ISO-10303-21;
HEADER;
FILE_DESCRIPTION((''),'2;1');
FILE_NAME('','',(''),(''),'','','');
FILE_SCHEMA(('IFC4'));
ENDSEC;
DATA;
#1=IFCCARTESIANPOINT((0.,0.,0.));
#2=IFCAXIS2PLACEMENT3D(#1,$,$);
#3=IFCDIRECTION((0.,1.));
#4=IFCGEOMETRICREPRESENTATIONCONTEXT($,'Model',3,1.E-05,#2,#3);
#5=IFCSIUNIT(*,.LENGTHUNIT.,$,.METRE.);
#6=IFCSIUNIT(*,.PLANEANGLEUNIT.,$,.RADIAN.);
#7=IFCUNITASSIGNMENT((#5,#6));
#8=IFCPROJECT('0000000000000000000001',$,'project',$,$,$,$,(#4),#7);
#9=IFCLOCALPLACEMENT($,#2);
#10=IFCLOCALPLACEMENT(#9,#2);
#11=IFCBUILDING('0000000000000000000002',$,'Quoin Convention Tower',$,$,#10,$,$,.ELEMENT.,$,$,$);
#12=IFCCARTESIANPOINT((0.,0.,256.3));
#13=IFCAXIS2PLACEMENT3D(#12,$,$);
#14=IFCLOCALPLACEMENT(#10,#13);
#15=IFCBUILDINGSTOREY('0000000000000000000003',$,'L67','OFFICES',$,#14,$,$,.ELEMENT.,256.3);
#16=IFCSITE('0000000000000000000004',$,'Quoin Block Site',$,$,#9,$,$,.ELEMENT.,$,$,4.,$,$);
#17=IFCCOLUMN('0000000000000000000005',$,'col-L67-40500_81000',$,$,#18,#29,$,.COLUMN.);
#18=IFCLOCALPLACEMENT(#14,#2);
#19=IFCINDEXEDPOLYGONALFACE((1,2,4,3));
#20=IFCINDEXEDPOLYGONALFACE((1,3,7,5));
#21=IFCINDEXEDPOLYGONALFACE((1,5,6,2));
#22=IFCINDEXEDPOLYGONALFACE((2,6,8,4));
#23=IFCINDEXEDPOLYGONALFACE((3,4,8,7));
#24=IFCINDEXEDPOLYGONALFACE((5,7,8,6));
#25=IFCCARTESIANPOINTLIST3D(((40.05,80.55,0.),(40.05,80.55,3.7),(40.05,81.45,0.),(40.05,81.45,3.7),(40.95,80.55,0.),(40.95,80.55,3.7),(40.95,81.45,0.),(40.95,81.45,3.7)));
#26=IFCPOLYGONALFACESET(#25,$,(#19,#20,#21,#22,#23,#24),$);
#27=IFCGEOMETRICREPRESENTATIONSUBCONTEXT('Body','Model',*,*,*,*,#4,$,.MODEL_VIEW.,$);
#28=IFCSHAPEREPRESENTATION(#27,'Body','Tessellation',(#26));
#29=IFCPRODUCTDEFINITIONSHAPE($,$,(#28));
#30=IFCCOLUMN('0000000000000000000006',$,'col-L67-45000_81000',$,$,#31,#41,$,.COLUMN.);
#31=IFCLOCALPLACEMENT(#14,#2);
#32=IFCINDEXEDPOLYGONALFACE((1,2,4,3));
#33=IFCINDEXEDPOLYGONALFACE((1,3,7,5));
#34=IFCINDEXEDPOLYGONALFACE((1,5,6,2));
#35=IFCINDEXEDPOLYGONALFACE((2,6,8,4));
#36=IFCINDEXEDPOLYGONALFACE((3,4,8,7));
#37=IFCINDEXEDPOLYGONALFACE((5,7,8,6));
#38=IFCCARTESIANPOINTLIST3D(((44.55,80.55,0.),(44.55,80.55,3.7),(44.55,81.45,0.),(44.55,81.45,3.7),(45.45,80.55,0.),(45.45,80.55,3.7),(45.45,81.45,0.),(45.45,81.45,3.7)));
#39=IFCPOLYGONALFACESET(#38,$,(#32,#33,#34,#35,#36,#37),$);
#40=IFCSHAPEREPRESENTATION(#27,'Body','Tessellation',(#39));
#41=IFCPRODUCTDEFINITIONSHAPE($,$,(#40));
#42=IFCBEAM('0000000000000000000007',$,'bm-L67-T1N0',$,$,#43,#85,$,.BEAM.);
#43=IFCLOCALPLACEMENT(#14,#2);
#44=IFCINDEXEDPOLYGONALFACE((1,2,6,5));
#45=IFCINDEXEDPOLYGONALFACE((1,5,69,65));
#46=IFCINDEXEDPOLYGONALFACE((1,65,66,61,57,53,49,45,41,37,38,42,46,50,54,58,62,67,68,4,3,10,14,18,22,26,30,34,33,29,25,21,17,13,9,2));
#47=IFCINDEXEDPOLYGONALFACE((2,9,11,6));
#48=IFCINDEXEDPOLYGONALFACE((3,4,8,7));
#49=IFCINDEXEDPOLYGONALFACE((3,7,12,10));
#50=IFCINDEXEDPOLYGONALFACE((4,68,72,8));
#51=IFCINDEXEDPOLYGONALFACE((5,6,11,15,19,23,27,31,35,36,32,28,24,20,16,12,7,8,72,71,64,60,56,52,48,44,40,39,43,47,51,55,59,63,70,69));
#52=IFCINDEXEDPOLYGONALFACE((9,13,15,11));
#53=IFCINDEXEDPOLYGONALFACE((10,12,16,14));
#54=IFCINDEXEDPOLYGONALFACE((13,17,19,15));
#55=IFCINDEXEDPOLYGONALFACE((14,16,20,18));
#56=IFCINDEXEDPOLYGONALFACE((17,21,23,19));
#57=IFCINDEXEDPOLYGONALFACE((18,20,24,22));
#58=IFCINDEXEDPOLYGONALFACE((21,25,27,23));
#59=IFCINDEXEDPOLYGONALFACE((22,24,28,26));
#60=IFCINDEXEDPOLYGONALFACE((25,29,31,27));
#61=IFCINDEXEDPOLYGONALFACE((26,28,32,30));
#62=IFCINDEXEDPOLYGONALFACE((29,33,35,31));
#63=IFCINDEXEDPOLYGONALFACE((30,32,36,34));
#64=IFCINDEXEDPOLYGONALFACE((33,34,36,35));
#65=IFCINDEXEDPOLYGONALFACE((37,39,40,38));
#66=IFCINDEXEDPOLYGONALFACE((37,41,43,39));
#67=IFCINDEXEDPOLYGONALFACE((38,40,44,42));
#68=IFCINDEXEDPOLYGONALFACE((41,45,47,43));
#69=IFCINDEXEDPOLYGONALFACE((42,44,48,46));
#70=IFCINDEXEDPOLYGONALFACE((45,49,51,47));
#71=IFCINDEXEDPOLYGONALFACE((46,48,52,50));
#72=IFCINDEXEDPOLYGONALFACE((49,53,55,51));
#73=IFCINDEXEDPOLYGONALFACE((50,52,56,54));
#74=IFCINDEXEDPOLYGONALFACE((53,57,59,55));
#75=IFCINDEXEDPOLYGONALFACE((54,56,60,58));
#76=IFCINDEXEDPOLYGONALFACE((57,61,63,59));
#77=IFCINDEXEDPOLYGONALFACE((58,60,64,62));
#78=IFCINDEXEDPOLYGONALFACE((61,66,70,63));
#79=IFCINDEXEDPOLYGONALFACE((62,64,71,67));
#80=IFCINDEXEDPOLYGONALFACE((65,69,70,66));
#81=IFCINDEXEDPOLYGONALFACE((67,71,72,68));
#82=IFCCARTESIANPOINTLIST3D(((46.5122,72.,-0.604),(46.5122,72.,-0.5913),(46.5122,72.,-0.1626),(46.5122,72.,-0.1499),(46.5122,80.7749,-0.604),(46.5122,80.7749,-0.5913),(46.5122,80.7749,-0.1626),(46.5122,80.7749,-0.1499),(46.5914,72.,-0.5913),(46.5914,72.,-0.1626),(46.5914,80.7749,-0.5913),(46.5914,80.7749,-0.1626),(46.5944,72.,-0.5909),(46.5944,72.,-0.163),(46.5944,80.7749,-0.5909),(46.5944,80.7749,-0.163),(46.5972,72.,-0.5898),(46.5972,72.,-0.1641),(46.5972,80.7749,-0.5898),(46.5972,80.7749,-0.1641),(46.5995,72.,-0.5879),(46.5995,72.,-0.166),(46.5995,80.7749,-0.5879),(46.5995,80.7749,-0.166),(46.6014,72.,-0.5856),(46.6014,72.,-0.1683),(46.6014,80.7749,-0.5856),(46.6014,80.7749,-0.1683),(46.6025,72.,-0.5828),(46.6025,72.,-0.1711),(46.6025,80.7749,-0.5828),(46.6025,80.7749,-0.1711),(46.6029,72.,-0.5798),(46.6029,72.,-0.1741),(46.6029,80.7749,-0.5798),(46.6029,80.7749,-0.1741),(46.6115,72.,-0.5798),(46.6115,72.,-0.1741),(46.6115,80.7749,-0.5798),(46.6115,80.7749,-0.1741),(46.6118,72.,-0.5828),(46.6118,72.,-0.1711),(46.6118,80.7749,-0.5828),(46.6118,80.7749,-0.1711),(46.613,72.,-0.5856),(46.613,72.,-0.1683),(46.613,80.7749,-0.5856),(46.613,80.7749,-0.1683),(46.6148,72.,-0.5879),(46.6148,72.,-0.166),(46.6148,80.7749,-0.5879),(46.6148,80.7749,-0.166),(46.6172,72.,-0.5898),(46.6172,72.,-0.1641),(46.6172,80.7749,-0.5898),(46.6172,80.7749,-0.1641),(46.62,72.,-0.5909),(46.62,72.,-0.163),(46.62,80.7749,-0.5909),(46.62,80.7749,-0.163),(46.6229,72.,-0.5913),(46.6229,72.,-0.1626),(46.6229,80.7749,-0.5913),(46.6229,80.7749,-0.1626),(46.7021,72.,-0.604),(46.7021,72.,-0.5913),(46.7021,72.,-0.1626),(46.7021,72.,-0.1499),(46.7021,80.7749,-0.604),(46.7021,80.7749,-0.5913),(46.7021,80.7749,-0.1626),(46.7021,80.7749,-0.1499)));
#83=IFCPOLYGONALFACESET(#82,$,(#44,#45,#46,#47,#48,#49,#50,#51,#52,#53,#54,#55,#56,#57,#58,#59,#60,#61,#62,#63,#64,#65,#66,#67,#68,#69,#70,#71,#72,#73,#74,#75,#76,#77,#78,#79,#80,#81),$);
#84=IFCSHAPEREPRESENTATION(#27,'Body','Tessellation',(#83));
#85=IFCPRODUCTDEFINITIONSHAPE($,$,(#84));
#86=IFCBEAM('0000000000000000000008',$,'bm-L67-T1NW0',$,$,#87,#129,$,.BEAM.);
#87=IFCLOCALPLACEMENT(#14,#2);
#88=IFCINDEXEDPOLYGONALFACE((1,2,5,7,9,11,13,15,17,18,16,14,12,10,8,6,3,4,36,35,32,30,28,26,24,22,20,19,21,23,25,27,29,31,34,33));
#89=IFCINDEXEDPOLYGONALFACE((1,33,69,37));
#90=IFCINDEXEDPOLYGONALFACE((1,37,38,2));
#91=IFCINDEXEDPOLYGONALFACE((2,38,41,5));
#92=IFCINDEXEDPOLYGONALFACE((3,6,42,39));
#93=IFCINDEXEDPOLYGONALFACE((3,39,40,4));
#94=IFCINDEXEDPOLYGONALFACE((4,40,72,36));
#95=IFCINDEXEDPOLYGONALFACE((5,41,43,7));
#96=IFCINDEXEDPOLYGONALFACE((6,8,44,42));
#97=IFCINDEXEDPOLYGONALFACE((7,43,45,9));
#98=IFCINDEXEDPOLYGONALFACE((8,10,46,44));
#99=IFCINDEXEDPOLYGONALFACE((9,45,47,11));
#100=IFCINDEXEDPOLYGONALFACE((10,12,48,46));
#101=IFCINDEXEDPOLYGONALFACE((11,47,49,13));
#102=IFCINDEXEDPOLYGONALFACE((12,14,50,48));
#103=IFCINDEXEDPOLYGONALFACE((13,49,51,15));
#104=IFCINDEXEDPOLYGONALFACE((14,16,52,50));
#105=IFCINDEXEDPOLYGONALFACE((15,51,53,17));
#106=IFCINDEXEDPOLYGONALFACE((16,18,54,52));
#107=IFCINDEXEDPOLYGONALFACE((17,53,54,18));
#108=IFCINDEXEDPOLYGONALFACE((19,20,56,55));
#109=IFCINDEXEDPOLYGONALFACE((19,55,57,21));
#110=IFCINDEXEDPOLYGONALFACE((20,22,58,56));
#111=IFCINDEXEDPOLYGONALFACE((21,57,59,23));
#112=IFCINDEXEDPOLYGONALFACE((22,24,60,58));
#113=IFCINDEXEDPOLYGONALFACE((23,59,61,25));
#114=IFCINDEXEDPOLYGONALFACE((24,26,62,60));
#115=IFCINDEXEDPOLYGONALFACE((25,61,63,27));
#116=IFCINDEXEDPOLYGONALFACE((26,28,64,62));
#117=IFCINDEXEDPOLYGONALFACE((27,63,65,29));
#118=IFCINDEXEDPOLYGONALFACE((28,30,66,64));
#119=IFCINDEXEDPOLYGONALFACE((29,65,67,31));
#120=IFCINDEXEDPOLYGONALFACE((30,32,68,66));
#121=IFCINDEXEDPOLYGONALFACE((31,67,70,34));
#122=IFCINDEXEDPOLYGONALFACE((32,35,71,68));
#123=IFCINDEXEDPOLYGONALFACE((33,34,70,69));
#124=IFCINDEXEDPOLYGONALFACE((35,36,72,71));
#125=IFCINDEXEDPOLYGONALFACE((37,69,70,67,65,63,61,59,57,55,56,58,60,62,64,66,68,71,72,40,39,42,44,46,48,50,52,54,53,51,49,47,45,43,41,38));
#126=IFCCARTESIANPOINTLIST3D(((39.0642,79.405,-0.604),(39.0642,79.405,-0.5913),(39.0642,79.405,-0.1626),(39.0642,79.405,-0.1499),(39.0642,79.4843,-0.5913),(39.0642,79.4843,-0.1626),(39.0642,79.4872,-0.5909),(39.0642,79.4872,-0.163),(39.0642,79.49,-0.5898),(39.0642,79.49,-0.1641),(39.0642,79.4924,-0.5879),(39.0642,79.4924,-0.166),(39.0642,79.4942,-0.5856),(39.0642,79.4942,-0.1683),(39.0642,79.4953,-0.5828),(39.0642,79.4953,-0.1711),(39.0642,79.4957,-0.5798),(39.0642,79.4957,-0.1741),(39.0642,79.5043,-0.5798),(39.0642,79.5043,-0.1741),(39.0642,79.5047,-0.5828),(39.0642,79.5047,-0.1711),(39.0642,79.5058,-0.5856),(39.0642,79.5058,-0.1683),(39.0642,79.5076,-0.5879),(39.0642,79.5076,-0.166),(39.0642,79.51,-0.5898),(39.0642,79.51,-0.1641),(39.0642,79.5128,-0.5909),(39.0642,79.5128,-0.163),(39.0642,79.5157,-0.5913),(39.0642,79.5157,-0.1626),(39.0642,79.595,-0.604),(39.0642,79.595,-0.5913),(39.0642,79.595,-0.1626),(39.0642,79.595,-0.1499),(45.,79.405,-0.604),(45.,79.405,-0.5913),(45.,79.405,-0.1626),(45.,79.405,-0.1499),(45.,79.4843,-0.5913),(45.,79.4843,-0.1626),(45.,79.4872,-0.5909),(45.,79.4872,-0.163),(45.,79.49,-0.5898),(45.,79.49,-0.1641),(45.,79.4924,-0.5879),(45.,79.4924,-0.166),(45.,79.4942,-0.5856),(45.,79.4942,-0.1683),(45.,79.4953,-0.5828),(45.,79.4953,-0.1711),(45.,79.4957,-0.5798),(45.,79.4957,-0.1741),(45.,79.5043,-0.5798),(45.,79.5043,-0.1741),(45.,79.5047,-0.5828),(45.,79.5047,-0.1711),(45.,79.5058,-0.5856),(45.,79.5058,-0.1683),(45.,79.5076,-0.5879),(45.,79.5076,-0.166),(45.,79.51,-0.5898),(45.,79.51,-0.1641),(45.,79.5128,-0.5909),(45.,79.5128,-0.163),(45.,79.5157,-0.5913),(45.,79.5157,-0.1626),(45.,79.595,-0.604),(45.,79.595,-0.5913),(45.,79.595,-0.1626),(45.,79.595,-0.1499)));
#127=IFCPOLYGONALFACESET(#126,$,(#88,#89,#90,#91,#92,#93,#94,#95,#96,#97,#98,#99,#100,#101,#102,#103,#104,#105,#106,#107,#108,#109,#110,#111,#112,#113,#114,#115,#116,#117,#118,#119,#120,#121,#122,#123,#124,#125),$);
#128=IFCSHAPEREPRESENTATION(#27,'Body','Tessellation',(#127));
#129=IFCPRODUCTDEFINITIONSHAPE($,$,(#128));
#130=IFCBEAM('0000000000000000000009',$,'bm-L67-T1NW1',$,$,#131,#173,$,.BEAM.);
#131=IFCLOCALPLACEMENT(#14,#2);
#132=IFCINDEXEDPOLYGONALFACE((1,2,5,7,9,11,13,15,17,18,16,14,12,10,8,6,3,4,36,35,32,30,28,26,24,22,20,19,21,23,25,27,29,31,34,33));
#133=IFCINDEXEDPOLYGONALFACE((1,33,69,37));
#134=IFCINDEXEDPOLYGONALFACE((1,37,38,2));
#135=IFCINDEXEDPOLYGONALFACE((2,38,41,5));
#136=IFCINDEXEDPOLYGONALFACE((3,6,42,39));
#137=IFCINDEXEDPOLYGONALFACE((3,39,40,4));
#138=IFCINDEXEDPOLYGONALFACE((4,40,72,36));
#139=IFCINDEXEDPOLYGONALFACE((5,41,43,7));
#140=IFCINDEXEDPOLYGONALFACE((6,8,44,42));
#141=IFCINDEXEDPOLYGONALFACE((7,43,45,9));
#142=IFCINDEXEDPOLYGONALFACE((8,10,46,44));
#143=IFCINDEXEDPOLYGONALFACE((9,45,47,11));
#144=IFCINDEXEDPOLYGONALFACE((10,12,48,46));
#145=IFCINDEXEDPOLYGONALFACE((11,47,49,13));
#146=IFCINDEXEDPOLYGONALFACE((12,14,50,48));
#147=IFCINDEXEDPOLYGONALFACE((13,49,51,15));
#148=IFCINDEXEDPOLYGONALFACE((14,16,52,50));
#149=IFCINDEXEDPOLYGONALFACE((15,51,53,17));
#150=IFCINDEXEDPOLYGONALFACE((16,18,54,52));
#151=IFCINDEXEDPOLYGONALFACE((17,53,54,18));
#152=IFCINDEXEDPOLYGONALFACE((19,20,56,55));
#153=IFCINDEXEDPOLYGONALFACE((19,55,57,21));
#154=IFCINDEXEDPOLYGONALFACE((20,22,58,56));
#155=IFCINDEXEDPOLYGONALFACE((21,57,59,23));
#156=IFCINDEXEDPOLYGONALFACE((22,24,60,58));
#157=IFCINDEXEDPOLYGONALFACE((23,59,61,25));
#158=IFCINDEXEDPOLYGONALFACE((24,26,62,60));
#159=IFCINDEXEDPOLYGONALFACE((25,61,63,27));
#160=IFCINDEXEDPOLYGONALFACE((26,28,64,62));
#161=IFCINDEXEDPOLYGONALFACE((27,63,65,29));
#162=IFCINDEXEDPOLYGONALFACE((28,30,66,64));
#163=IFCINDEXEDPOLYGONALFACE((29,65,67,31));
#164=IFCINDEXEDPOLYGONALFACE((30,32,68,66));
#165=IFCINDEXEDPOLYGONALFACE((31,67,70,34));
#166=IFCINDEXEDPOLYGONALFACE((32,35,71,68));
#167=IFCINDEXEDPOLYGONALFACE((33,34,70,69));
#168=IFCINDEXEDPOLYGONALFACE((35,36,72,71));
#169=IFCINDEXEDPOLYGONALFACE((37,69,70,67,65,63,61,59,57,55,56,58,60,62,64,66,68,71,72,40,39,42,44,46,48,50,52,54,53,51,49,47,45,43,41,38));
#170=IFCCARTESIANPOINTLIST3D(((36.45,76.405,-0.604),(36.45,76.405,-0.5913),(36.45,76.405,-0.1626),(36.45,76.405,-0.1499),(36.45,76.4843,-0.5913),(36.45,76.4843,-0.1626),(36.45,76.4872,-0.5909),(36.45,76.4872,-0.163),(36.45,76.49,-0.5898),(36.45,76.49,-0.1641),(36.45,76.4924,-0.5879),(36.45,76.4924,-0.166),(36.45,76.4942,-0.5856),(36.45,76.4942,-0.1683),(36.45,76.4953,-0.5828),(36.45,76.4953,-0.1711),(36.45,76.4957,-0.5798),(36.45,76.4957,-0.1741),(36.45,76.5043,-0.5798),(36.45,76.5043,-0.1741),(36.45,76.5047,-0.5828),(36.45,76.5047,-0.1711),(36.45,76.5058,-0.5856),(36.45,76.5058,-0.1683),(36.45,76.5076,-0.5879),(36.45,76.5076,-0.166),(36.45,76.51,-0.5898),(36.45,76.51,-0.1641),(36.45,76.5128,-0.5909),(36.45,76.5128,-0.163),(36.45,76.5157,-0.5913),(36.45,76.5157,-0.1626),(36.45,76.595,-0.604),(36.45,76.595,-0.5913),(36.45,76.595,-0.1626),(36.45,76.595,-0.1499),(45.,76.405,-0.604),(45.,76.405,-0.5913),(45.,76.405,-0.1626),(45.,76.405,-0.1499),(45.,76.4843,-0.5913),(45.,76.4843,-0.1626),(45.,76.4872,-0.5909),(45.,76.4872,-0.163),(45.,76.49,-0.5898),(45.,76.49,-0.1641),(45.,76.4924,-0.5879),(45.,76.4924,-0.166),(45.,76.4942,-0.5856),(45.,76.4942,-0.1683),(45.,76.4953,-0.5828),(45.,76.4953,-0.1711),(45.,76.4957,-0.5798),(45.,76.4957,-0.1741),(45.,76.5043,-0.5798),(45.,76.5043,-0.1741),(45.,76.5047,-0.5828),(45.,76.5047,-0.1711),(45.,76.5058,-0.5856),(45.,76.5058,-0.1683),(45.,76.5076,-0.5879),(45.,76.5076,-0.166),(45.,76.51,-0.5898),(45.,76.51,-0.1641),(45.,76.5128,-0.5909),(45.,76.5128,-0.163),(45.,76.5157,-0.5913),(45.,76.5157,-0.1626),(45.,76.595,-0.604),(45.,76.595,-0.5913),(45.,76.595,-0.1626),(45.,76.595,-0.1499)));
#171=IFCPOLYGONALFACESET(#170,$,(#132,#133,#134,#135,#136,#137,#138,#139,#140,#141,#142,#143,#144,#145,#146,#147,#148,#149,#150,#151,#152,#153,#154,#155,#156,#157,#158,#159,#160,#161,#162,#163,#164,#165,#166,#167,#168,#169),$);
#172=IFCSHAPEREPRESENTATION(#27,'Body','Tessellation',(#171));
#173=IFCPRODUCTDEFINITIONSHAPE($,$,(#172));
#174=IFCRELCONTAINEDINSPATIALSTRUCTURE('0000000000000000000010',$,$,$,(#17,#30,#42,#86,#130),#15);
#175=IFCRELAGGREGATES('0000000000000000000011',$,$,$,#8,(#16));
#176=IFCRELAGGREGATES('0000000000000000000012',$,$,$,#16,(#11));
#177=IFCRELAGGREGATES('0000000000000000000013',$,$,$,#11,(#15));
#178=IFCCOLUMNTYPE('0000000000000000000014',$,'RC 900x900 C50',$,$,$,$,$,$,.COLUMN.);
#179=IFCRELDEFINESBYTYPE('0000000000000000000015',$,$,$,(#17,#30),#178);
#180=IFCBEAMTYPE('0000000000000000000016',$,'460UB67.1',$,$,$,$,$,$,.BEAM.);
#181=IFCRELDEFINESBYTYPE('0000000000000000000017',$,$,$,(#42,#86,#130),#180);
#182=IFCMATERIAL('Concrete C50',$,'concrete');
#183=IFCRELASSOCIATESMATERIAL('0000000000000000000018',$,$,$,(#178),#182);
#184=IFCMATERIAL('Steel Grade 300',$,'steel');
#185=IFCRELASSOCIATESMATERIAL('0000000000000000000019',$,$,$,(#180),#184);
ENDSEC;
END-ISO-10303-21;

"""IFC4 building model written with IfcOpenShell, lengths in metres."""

from ifc_helpers import new_model, si_unit, direction, frame, origin, origin_2d, place, context, subcontext, project, spatial, rectangle, i_section, extrude, material, material_profile, profile_set, type_object, element, save


model = new_model("IFC4")

# Units and contexts
model_context = context("Model", 3, precision=1e-05, world=origin(), true_north=direction((0.0, 1.0)))
body_context = subcontext(model_context, "Body", "Model", "MODEL_VIEW")
ifc_project = project(units=[si_unit("LENGTHUNIT", "METRE"), si_unit("PLANEANGLEUNIT", "RADIAN")], contexts=[model_context])

# Site, building, storey
site_placement = place(None, origin())
site = spatial("IfcSite", under=ifc_project, at=site_placement, Name="Quoin Block Site", CompositionType="ELEMENT", RefElevation=4.0)
building_placement = place(site_placement, origin())
building = spatial("IfcBuilding", under=site, at=building_placement, Name="Quoin Convention Tower", CompositionType="ELEMENT")
storey_placement = place(building_placement, frame((0.0, 0.0, 256.3)))
storey = spatial("IfcBuildingStorey", under=building, at=storey_placement, Name="L67", Description="OFFICES", CompositionType="ELEMENT", Elevation=256.3)

# Columns
ifc_material_1 = material(Name="Concrete C50", Category="concrete")
ifc_material_profile_1 = material_profile(ifc_material_1, rectangle(XDim=0.8999, YDim=0.8999, at=origin_2d()), Name="RC 900x900")
ifc_profile_set_1 = profile_set([ifc_material_profile_1], Name="Concrete C50")
column_type = type_object("IfcColumnType", Name="RC 900x900 C50", PredefinedType="COLUMN", material=ifc_profile_set_1)
for number, where, z_axis, x_axis, name in (
    (1, (40.5, 81.0, 0.0), (0.0, 0.0, 1.0), (1.0, 0.0, 0.0), "col-L67-40500_81000"),
    (2, (45.0, 81.0, 0.0), (0.0, 0.0, 1.0), (1.0, 0.0, 0.0), "col-L67-45000_81000"),
):
    element("IfcColumn", number, at=place(storey_placement, frame(where, z_axis=z_axis, x_axis=x_axis)), inside=storey, type_object=column_type, Name=name, PredefinedType="COLUMN", context=body_context, shape_type="SweptSolid", body=[
        extrude(rectangle(XDim=0.8999, YDim=0.8999, at=origin_2d()), origin(), (0.0, 0.0, 1.0), 3.7),
    ])

# Beams
ifc_material_2 = material(Name="Steel Grade 300", Category="steel")
ifc_material_profile_2 = material_profile(ifc_material_2, i_section(OverallWidth=0.1899, OverallDepth=0.4541, WebThickness=0.0085, FlangeThickness=0.0127, FilletRadius=0.0115, at=origin_2d()), Name="460UB67.1")
ifc_profile_set_2 = profile_set([ifc_material_profile_2], Name="Steel Grade 300")
beam_type_1 = type_object("IfcBeamType", Name="460UB67.1", PredefinedType="BEAM", material=ifc_profile_set_2)
beam_1_placement = place(storey_placement, frame((46.6072, 72.0, -0.377), z_axis=(0.0, 1.0, 0.0), x_axis=(-1.0, 0.0, 0.0)))
element("IfcBeam", 3, at=beam_1_placement, inside=storey, type_object=beam_type_1, Name="bm-L67-T1N0", PredefinedType="BEAM", context=body_context, shape_type="SweptSolid", body=[
    extrude(i_section(OverallWidth=0.1899, OverallDepth=0.4541, WebThickness=0.0085, FlangeThickness=0.0127, FilletRadius=0.0115, at=origin_2d()), origin(), (0.0, 0.0, 1.0), 8.7749),
])
beam_2_placement = place(storey_placement, frame((39.0642, 79.5, -0.377), z_axis=(1.0, 0.0, 0.0), x_axis=(0.0, 1.0, 0.0)))
element("IfcBeam", 4, at=beam_2_placement, inside=storey, type_object=beam_type_1, Name="bm-L67-T1NW0", PredefinedType="BEAM", context=body_context, shape_type="SweptSolid", body=[
    extrude(i_section(OverallWidth=0.1899, OverallDepth=0.4541, WebThickness=0.0085, FlangeThickness=0.0127, FilletRadius=0.0115, at=origin_2d()), origin(), (0.0, 0.0, 1.0), 5.9358),
])
beam_3_placement = place(storey_placement, frame((36.45, 76.5, -0.377), z_axis=(1.0, 0.0, 0.0), x_axis=(0.0, 1.0, 0.0)))
element("IfcBeam", 5, at=beam_3_placement, inside=storey, type_object=beam_type_1, Name="bm-L67-T1NW1", PredefinedType="BEAM", context=body_context, shape_type="SweptSolid", body=[
    extrude(i_section(OverallWidth=0.1899, OverallDepth=0.4541, WebThickness=0.0085, FlangeThickness=0.0127, FilletRadius=0.0115, at=origin_2d()), origin(), (0.0, 0.0, 1.0), 8.55),
])

save(model, "model.ifc")
